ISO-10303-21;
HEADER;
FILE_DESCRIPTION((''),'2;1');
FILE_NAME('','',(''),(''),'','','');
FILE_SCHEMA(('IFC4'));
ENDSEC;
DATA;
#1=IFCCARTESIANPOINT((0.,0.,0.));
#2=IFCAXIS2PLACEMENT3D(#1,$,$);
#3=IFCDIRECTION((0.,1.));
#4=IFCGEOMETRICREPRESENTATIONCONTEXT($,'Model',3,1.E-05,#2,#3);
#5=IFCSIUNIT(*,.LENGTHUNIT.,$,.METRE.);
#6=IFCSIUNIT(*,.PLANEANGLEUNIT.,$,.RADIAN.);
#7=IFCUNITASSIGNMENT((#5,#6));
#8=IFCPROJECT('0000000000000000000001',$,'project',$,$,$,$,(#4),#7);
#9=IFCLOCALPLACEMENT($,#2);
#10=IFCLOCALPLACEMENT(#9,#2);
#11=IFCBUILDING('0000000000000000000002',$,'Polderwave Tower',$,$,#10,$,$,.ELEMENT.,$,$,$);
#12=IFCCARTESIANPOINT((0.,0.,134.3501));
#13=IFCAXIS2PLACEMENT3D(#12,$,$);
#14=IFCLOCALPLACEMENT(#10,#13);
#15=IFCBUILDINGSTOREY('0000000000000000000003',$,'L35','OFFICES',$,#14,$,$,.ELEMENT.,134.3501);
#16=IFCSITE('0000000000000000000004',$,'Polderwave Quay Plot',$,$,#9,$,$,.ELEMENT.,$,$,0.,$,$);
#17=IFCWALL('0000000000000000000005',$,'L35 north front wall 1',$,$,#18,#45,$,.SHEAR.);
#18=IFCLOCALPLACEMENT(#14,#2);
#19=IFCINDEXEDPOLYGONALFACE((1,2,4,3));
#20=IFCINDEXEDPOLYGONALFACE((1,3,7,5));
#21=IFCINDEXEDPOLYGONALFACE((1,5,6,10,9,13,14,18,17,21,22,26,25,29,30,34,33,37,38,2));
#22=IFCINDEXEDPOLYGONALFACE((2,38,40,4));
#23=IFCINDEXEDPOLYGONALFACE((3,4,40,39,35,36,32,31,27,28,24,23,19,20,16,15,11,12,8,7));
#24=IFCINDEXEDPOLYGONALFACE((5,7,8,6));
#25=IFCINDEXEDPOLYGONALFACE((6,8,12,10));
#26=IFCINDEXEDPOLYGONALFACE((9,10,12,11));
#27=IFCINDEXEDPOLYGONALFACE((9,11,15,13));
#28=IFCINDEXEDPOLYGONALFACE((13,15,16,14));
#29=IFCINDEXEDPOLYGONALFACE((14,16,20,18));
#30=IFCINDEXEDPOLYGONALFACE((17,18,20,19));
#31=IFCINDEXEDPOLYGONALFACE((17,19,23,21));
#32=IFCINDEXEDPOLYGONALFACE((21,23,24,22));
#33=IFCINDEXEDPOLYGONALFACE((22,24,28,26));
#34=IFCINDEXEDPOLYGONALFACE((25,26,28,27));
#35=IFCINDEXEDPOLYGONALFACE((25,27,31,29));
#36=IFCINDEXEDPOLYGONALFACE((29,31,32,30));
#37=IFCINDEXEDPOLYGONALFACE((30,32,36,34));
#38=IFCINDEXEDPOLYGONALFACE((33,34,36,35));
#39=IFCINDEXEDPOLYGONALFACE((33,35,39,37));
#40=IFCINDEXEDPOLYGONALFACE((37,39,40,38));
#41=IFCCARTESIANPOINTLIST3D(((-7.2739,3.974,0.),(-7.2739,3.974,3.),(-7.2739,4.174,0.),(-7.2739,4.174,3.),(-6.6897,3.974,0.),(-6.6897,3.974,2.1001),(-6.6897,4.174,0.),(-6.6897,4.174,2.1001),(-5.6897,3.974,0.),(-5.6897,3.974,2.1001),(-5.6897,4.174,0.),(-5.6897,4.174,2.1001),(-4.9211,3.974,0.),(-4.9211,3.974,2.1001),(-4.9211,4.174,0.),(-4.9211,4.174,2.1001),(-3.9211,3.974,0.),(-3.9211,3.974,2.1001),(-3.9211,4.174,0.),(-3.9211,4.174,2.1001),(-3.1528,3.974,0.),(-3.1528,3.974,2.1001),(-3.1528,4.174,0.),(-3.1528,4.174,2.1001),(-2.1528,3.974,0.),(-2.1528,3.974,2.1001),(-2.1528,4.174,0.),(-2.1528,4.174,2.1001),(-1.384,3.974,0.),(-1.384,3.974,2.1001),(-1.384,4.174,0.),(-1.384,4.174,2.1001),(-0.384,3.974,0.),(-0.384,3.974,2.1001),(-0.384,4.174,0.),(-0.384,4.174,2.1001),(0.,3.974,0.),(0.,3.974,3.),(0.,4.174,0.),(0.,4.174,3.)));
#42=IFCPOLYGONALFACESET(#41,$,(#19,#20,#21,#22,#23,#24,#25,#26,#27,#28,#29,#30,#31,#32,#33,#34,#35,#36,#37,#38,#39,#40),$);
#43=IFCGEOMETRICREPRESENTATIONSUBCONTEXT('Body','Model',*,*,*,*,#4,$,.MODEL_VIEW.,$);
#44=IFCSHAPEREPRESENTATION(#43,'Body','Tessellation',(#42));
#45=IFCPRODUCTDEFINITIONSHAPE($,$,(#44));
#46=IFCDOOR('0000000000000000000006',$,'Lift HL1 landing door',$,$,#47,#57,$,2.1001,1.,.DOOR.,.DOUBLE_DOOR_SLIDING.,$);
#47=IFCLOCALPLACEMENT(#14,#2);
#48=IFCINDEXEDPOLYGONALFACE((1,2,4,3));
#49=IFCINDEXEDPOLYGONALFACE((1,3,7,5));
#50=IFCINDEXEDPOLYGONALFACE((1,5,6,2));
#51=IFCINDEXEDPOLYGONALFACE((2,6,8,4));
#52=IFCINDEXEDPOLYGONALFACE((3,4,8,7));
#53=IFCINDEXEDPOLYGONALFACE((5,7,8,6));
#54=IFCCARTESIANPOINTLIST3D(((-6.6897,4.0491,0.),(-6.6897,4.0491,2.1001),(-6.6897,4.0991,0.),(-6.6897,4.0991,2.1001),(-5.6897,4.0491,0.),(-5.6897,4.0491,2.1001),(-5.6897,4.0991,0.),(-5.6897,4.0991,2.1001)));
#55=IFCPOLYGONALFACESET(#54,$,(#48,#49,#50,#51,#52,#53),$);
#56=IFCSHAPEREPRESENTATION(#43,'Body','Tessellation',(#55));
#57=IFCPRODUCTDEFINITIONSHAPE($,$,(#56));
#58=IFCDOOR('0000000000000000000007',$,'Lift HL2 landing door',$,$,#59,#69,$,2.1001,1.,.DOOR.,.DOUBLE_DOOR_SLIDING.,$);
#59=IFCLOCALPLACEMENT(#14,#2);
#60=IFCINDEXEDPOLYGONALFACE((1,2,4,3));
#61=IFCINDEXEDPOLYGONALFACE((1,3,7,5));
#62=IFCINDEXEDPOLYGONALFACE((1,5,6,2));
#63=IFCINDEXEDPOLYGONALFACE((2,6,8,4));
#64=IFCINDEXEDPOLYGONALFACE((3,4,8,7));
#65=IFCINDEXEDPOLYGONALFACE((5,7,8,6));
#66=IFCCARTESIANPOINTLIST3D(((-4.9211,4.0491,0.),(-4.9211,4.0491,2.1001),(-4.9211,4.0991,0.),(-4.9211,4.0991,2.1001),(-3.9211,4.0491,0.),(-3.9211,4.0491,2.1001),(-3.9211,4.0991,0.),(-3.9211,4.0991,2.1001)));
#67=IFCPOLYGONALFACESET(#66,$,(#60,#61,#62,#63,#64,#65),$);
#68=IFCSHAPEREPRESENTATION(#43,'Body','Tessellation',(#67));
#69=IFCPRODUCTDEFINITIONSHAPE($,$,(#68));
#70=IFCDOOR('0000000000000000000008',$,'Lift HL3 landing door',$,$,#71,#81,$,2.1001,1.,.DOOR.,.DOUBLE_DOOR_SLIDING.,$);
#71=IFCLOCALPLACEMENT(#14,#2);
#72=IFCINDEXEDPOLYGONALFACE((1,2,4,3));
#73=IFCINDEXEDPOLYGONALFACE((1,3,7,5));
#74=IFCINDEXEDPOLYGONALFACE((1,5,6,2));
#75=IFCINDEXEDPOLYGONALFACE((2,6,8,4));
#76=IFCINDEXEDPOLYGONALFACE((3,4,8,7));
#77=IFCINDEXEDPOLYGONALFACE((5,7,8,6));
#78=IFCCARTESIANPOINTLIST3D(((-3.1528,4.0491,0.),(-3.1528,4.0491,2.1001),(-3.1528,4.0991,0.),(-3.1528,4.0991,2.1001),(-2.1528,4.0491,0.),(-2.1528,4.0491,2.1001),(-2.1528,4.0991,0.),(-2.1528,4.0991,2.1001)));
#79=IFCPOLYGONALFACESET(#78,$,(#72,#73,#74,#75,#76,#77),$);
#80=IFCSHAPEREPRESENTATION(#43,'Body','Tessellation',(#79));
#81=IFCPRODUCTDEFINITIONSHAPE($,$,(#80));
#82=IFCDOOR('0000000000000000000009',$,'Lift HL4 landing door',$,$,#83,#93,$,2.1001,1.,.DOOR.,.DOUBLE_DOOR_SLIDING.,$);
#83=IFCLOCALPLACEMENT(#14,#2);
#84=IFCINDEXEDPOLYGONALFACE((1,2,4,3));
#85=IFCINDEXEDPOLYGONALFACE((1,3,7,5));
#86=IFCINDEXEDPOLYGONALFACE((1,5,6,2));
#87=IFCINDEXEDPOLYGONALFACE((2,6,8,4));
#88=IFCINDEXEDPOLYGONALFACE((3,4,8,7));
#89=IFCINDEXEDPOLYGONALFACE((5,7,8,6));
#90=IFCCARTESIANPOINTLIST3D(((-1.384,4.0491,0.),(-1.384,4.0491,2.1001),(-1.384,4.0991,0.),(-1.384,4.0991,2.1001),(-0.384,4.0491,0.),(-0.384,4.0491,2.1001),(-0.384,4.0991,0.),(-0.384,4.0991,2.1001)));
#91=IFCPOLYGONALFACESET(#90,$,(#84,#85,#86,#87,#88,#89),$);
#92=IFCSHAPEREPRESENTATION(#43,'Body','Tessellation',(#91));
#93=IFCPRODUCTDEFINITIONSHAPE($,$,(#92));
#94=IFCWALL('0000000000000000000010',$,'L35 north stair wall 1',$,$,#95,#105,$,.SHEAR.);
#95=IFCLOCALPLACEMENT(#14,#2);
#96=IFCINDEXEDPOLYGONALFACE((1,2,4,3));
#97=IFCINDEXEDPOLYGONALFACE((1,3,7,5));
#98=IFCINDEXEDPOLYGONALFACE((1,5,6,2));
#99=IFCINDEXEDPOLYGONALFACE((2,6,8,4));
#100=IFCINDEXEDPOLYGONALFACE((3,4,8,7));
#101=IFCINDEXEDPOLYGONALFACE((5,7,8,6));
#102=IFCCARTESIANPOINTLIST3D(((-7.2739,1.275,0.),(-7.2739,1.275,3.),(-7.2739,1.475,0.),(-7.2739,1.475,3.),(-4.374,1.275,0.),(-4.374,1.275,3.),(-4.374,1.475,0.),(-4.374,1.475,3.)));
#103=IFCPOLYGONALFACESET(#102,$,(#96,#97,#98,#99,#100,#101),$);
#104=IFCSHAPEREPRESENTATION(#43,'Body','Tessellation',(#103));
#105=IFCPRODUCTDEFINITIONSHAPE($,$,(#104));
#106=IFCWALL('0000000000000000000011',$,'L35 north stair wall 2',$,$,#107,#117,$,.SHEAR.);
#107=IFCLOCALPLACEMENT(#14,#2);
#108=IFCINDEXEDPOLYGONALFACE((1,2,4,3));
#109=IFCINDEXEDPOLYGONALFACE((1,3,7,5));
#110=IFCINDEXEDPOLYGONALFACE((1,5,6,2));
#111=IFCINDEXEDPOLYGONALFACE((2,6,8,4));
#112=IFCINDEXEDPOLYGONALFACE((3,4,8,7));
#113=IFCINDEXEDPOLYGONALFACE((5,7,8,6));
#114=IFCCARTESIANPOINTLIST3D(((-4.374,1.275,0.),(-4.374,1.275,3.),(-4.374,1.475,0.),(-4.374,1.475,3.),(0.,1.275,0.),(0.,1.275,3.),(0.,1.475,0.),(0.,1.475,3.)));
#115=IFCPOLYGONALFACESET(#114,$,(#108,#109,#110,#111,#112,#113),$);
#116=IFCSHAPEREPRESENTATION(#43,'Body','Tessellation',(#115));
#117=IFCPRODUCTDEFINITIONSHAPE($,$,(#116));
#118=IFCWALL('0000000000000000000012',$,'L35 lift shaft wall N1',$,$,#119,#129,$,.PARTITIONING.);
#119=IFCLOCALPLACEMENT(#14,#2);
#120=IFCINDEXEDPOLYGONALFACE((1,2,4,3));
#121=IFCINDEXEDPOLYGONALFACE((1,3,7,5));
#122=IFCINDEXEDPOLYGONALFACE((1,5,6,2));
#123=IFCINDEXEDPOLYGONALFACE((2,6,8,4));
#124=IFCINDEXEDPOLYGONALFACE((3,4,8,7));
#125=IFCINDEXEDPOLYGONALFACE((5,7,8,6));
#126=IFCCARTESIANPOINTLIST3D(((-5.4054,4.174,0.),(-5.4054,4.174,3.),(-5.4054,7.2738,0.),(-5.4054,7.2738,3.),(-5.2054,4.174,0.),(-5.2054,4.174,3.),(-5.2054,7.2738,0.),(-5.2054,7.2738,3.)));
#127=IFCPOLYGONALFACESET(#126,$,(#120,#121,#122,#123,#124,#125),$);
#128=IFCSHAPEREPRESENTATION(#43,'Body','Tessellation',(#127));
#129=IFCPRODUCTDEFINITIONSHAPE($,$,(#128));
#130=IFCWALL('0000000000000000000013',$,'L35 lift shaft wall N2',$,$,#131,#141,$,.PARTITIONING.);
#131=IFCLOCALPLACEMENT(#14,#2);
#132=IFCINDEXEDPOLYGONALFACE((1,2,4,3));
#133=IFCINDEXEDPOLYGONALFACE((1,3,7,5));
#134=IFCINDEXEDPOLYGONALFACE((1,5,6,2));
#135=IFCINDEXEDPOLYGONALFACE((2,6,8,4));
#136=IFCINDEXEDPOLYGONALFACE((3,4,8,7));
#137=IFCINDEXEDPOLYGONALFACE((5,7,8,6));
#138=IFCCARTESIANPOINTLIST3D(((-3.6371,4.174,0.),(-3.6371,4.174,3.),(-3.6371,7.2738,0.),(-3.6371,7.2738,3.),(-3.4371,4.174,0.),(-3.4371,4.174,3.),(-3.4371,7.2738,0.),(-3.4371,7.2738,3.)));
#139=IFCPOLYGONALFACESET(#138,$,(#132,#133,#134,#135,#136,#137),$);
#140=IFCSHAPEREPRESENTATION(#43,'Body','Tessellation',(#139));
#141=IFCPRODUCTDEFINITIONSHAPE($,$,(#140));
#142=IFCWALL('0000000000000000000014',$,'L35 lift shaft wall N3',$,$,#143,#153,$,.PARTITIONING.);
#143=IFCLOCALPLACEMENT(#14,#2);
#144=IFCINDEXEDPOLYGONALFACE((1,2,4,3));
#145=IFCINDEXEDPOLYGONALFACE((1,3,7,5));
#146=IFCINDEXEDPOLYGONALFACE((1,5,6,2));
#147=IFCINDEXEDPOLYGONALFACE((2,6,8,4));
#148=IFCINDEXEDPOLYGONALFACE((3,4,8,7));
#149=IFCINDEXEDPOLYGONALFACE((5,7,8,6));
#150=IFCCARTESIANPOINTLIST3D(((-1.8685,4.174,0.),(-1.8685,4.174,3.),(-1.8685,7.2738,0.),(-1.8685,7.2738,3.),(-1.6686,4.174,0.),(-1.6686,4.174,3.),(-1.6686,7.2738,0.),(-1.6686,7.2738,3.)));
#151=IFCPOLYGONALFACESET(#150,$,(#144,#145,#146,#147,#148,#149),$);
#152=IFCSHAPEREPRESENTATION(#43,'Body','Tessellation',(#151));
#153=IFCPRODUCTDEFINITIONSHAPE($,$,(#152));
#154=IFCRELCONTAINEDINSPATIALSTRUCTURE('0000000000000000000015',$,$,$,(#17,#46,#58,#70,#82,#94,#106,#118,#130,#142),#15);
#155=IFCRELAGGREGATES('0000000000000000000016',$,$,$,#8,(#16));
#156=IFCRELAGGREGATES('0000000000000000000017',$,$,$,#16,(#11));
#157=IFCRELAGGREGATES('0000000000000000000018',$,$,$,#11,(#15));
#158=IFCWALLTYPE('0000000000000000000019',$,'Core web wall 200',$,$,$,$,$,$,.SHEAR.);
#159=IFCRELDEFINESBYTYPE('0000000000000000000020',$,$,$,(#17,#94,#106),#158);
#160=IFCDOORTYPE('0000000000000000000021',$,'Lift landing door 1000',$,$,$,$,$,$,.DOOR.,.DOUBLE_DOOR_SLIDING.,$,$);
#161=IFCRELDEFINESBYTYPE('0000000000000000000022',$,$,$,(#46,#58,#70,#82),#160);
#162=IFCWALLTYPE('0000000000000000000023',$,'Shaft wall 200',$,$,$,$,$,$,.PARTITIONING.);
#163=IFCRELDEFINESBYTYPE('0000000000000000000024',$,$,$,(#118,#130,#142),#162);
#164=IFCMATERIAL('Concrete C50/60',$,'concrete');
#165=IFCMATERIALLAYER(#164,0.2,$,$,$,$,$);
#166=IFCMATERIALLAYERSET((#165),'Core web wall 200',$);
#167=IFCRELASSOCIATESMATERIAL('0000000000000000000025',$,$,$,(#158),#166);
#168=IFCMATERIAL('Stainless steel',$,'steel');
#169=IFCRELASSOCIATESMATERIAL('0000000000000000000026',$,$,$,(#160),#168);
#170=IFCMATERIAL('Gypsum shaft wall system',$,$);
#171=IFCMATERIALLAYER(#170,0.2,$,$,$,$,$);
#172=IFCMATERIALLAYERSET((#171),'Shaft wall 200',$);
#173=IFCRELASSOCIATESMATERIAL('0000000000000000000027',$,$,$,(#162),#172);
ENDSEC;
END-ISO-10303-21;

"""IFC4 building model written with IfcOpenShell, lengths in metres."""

from ifc_helpers import new_model, si_unit, direction, frame, frame_2d, origin, place, context, subcontext, project, spatial, rectangle, extrude, material, layer, layer_set, type_object, element, fill, save


model = new_model("IFC4")

# Units and contexts
model_context = context("Model", 3, precision=1e-05, world=origin(), true_north=direction((0.0, 1.0)))
body_context = subcontext(model_context, "Body", "Model", "MODEL_VIEW")
ifc_project = project(units=[si_unit("LENGTHUNIT", "METRE"), si_unit("PLANEANGLEUNIT", "RADIAN")], contexts=[model_context])

# Site, building, storey
site_placement = place(None, origin())
site = spatial("IfcSite", under=ifc_project, at=site_placement, Name="Polderwave Quay Plot", CompositionType="ELEMENT", RefElevation=0.0)
building_placement = place(site_placement, origin())
building = spatial("IfcBuilding", under=site, at=building_placement, Name="Polderwave Tower", CompositionType="ELEMENT")
storey_placement = place(building_placement, frame((0.0, 0.0, 134.3501)))
storey = spatial("IfcBuildingStorey", under=building, at=storey_placement, Name="L35", Description="OFFICES", CompositionType="ELEMENT", Elevation=134.3501)

# Wall, openings, doors
ifc_material_1 = material(Name="Concrete C50/60", Category="concrete")
ifc_layer_1 = layer(ifc_material_1, 0.2)
ifc_layer_set_1 = layer_set([ifc_layer_1], Name="Core web wall 200")
wall_type_1 = type_object("IfcWallType", Name="Core web wall 200", PredefinedType="SHEAR", material=ifc_layer_set_1)
wall_1_placement = place(storey_placement, frame((-7.2739, 4.074, 0.0), z_axis=(0.0, 0.0, 1.0), x_axis=(1.0, 0.0, 0.0)))
wall_1 = element("IfcWall", 1, at=wall_1_placement, inside=storey, type_object=wall_type_1, Name="L35 north front wall 1", PredefinedType="SHEAR", context=body_context, shape_type="SweptSolid", body=[
    extrude(rectangle(XDim=7.2739, YDim=0.2, at=frame_2d((3.637, 0.0))), origin(), (0.0, 0.0, 1.0), 3.0),
])
opening_1_placement = place(wall_1_placement, frame((0.5842, 0.0, 0.0)))
opening_1 = element("IfcOpeningElement", 2, at=opening_1_placement, cuts=wall_1, PredefinedType="OPENING", context=body_context, shape_type="SweptSolid", body=[
    extrude(rectangle(XDim=1.0, YDim=2.1001, at=frame_2d((0.5, 1.05))), frame((0.0, 0.1099, 0.0), z_axis=(0.0, -1.0, 0.0), x_axis=(1.0, 0.0, 0.0)), (0.0, 0.0, 1.0), 0.22),
])
opening_2_placement = place(wall_1_placement, frame((2.3528, 0.0, 0.0)))
opening_2 = element("IfcOpeningElement", 3, at=opening_2_placement, cuts=wall_1, PredefinedType="OPENING", context=body_context, shape_type="SweptSolid", body=[
    extrude(rectangle(XDim=1.0, YDim=2.1001, at=frame_2d((0.5, 1.05))), frame((0.0, 0.1099, 0.0), z_axis=(0.0, -1.0, 0.0), x_axis=(1.0, 0.0, 0.0)), (0.0, 0.0, 1.0), 0.22),
])
opening_3_placement = place(wall_1_placement, frame((4.1211, 0.0, 0.0)))
opening_3 = element("IfcOpeningElement", 4, at=opening_3_placement, cuts=wall_1, PredefinedType="OPENING", context=body_context, shape_type="SweptSolid", body=[
    extrude(rectangle(XDim=1.0, YDim=2.1001, at=frame_2d((0.5, 1.05))), frame((0.0, 0.1099, 0.0), z_axis=(0.0, -1.0, 0.0), x_axis=(1.0, 0.0, 0.0)), (0.0, 0.0, 1.0), 0.22),
])
opening_4_placement = place(wall_1_placement, frame((5.8899, 0.0, 0.0)))
opening_4 = element("IfcOpeningElement", 5, at=opening_4_placement, cuts=wall_1, PredefinedType="OPENING", context=body_context, shape_type="SweptSolid", body=[
    extrude(rectangle(XDim=1.0, YDim=2.1001, at=frame_2d((0.5, 1.05))), frame((0.0, 0.1099, 0.0), z_axis=(0.0, -1.0, 0.0), x_axis=(1.0, 0.0, 0.0)), (0.0, 0.0, 1.0), 0.22),
])
ifc_material_2 = material(Name="Stainless steel", Category="steel")
door_type = type_object("IfcDoorType", Name="Lift landing door 1000", OperationType="DOUBLE_DOOR_SLIDING", PredefinedType="DOOR", material=ifc_material_2)
door_1_placement = place(opening_1_placement, frame((1.0, 0.0, 0.0), z_axis=(0.0, 0.0, 1.0), x_axis=(-1.0, 0.0, 0.0)))
door_1 = element("IfcDoor", 6, at=door_1_placement, inside=storey, type_object=door_type, Name="Lift HL1 landing door", OperationType="DOUBLE_DOOR_SLIDING", OverallHeight=2.1001, OverallWidth=1.0, PredefinedType="DOOR", context=body_context, shape_type="SweptSolid", body=[
    extrude(rectangle(XDim=1.0, YDim=2.1001, at=frame_2d((0.5, 1.05))), frame((0.0, 0.0249, 0.0), z_axis=(0.0, -1.0, 0.0), x_axis=(1.0, 0.0, 0.0)), (0.0, 0.0, 1.0), 0.05),
])
fill(opening_1, door_1)
door_2_placement = place(opening_2_placement, frame((1.0, 0.0, 0.0), z_axis=(0.0, 0.0, 1.0), x_axis=(-1.0, 0.0, 0.0)))
door_2 = element("IfcDoor", 7, at=door_2_placement, inside=storey, type_object=door_type, Name="Lift HL2 landing door", OperationType="DOUBLE_DOOR_SLIDING", OverallHeight=2.1001, OverallWidth=1.0, PredefinedType="DOOR", context=body_context, shape_type="SweptSolid", body=[
    extrude(rectangle(XDim=1.0, YDim=2.1001, at=frame_2d((0.5, 1.05))), frame((0.0, 0.0249, 0.0), z_axis=(0.0, -1.0, 0.0), x_axis=(1.0, 0.0, 0.0)), (0.0, 0.0, 1.0), 0.05),
])
fill(opening_2, door_2)
door_3_placement = place(opening_3_placement, frame((1.0, 0.0, 0.0), z_axis=(0.0, 0.0, 1.0), x_axis=(-1.0, 0.0, 0.0)))
door_3 = element("IfcDoor", 8, at=door_3_placement, inside=storey, type_object=door_type, Name="Lift HL3 landing door", OperationType="DOUBLE_DOOR_SLIDING", OverallHeight=2.1001, OverallWidth=1.0, PredefinedType="DOOR", context=body_context, shape_type="SweptSolid", body=[
    extrude(rectangle(XDim=1.0, YDim=2.1001, at=frame_2d((0.5, 1.05))), frame((0.0, 0.0249, 0.0), z_axis=(0.0, -1.0, 0.0), x_axis=(1.0, 0.0, 0.0)), (0.0, 0.0, 1.0), 0.05),
])
fill(opening_3, door_3)
door_4_placement = place(opening_4_placement, frame((1.0, 0.0, 0.0), z_axis=(0.0, 0.0, 1.0), x_axis=(-1.0, 0.0, 0.0)))
door_4 = element("IfcDoor", 9, at=door_4_placement, inside=storey, type_object=door_type, Name="Lift HL4 landing door", OperationType="DOUBLE_DOOR_SLIDING", OverallHeight=2.1001, OverallWidth=1.0, PredefinedType="DOOR", context=body_context, shape_type="SweptSolid", body=[
    extrude(rectangle(XDim=1.0, YDim=2.1001, at=frame_2d((0.5, 1.05))), frame((0.0, 0.0249, 0.0), z_axis=(0.0, -1.0, 0.0), x_axis=(1.0, 0.0, 0.0)), (0.0, 0.0, 1.0), 0.05),
])
fill(opening_4, door_4)

# Walls
wall_2_placement = place(storey_placement, frame((-7.2739, 1.375, 0.0), z_axis=(0.0, 0.0, 1.0), x_axis=(1.0, 0.0, 0.0)))
element("IfcWall", 10, at=wall_2_placement, inside=storey, type_object=wall_type_1, Name="L35 north stair wall 1", PredefinedType="SHEAR", context=body_context, shape_type="SweptSolid", body=[
    extrude(rectangle(XDim=2.8999, YDim=0.2, at=frame_2d((1.45, 0.0))), origin(), (0.0, 0.0, 1.0), 3.0),
])
wall_3_placement = place(storey_placement, frame((-4.374, 1.375, 0.0), z_axis=(0.0, 0.0, 1.0), x_axis=(1.0, 0.0, 0.0)))
element("IfcWall", 11, at=wall_3_placement, inside=storey, type_object=wall_type_1, Name="L35 north stair wall 2", PredefinedType="SHEAR", context=body_context, shape_type="SweptSolid", body=[
    extrude(rectangle(XDim=4.374, YDim=0.2, at=frame_2d((2.187, 0.0))), origin(), (0.0, 0.0, 1.0), 3.0),
])
ifc_material_3 = material(Name="Gypsum shaft wall system")
ifc_layer_2 = layer(ifc_material_3, 0.2)
ifc_layer_set_2 = layer_set([ifc_layer_2], Name="Shaft wall 200")
wall_type_2 = type_object("IfcWallType", Name="Shaft wall 200", PredefinedType="PARTITIONING", material=ifc_layer_set_2)
for number, where, z_axis, x_axis, name in (
    (12, (-5.3054, 4.1741, 0.0), (0.0, 0.0, 1.0), (0.0, 1.0, 0.0), "L35 lift shaft wall N1"),
    (13, (-3.5371, 4.1741, 0.0), (0.0, 0.0, 1.0), (0.0, 1.0, 0.0), "L35 lift shaft wall N2"),
    (14, (-1.7686, 4.1741, 0.0), (0.0, 0.0, 1.0), (0.0, 1.0, 0.0), "L35 lift shaft wall N3"),
):
    element("IfcWall", number, at=place(storey_placement, frame(where, z_axis=z_axis, x_axis=x_axis)), inside=storey, type_object=wall_type_2, Name=name, PredefinedType="PARTITIONING", context=body_context, shape_type="SweptSolid", body=[
        extrude(rectangle(XDim=3.0999, YDim=0.2, at=frame_2d((1.5498, 0.0))), origin(), (0.0, 0.0, 1.0), 3.0),
    ])

save(model, "model.ifc")
